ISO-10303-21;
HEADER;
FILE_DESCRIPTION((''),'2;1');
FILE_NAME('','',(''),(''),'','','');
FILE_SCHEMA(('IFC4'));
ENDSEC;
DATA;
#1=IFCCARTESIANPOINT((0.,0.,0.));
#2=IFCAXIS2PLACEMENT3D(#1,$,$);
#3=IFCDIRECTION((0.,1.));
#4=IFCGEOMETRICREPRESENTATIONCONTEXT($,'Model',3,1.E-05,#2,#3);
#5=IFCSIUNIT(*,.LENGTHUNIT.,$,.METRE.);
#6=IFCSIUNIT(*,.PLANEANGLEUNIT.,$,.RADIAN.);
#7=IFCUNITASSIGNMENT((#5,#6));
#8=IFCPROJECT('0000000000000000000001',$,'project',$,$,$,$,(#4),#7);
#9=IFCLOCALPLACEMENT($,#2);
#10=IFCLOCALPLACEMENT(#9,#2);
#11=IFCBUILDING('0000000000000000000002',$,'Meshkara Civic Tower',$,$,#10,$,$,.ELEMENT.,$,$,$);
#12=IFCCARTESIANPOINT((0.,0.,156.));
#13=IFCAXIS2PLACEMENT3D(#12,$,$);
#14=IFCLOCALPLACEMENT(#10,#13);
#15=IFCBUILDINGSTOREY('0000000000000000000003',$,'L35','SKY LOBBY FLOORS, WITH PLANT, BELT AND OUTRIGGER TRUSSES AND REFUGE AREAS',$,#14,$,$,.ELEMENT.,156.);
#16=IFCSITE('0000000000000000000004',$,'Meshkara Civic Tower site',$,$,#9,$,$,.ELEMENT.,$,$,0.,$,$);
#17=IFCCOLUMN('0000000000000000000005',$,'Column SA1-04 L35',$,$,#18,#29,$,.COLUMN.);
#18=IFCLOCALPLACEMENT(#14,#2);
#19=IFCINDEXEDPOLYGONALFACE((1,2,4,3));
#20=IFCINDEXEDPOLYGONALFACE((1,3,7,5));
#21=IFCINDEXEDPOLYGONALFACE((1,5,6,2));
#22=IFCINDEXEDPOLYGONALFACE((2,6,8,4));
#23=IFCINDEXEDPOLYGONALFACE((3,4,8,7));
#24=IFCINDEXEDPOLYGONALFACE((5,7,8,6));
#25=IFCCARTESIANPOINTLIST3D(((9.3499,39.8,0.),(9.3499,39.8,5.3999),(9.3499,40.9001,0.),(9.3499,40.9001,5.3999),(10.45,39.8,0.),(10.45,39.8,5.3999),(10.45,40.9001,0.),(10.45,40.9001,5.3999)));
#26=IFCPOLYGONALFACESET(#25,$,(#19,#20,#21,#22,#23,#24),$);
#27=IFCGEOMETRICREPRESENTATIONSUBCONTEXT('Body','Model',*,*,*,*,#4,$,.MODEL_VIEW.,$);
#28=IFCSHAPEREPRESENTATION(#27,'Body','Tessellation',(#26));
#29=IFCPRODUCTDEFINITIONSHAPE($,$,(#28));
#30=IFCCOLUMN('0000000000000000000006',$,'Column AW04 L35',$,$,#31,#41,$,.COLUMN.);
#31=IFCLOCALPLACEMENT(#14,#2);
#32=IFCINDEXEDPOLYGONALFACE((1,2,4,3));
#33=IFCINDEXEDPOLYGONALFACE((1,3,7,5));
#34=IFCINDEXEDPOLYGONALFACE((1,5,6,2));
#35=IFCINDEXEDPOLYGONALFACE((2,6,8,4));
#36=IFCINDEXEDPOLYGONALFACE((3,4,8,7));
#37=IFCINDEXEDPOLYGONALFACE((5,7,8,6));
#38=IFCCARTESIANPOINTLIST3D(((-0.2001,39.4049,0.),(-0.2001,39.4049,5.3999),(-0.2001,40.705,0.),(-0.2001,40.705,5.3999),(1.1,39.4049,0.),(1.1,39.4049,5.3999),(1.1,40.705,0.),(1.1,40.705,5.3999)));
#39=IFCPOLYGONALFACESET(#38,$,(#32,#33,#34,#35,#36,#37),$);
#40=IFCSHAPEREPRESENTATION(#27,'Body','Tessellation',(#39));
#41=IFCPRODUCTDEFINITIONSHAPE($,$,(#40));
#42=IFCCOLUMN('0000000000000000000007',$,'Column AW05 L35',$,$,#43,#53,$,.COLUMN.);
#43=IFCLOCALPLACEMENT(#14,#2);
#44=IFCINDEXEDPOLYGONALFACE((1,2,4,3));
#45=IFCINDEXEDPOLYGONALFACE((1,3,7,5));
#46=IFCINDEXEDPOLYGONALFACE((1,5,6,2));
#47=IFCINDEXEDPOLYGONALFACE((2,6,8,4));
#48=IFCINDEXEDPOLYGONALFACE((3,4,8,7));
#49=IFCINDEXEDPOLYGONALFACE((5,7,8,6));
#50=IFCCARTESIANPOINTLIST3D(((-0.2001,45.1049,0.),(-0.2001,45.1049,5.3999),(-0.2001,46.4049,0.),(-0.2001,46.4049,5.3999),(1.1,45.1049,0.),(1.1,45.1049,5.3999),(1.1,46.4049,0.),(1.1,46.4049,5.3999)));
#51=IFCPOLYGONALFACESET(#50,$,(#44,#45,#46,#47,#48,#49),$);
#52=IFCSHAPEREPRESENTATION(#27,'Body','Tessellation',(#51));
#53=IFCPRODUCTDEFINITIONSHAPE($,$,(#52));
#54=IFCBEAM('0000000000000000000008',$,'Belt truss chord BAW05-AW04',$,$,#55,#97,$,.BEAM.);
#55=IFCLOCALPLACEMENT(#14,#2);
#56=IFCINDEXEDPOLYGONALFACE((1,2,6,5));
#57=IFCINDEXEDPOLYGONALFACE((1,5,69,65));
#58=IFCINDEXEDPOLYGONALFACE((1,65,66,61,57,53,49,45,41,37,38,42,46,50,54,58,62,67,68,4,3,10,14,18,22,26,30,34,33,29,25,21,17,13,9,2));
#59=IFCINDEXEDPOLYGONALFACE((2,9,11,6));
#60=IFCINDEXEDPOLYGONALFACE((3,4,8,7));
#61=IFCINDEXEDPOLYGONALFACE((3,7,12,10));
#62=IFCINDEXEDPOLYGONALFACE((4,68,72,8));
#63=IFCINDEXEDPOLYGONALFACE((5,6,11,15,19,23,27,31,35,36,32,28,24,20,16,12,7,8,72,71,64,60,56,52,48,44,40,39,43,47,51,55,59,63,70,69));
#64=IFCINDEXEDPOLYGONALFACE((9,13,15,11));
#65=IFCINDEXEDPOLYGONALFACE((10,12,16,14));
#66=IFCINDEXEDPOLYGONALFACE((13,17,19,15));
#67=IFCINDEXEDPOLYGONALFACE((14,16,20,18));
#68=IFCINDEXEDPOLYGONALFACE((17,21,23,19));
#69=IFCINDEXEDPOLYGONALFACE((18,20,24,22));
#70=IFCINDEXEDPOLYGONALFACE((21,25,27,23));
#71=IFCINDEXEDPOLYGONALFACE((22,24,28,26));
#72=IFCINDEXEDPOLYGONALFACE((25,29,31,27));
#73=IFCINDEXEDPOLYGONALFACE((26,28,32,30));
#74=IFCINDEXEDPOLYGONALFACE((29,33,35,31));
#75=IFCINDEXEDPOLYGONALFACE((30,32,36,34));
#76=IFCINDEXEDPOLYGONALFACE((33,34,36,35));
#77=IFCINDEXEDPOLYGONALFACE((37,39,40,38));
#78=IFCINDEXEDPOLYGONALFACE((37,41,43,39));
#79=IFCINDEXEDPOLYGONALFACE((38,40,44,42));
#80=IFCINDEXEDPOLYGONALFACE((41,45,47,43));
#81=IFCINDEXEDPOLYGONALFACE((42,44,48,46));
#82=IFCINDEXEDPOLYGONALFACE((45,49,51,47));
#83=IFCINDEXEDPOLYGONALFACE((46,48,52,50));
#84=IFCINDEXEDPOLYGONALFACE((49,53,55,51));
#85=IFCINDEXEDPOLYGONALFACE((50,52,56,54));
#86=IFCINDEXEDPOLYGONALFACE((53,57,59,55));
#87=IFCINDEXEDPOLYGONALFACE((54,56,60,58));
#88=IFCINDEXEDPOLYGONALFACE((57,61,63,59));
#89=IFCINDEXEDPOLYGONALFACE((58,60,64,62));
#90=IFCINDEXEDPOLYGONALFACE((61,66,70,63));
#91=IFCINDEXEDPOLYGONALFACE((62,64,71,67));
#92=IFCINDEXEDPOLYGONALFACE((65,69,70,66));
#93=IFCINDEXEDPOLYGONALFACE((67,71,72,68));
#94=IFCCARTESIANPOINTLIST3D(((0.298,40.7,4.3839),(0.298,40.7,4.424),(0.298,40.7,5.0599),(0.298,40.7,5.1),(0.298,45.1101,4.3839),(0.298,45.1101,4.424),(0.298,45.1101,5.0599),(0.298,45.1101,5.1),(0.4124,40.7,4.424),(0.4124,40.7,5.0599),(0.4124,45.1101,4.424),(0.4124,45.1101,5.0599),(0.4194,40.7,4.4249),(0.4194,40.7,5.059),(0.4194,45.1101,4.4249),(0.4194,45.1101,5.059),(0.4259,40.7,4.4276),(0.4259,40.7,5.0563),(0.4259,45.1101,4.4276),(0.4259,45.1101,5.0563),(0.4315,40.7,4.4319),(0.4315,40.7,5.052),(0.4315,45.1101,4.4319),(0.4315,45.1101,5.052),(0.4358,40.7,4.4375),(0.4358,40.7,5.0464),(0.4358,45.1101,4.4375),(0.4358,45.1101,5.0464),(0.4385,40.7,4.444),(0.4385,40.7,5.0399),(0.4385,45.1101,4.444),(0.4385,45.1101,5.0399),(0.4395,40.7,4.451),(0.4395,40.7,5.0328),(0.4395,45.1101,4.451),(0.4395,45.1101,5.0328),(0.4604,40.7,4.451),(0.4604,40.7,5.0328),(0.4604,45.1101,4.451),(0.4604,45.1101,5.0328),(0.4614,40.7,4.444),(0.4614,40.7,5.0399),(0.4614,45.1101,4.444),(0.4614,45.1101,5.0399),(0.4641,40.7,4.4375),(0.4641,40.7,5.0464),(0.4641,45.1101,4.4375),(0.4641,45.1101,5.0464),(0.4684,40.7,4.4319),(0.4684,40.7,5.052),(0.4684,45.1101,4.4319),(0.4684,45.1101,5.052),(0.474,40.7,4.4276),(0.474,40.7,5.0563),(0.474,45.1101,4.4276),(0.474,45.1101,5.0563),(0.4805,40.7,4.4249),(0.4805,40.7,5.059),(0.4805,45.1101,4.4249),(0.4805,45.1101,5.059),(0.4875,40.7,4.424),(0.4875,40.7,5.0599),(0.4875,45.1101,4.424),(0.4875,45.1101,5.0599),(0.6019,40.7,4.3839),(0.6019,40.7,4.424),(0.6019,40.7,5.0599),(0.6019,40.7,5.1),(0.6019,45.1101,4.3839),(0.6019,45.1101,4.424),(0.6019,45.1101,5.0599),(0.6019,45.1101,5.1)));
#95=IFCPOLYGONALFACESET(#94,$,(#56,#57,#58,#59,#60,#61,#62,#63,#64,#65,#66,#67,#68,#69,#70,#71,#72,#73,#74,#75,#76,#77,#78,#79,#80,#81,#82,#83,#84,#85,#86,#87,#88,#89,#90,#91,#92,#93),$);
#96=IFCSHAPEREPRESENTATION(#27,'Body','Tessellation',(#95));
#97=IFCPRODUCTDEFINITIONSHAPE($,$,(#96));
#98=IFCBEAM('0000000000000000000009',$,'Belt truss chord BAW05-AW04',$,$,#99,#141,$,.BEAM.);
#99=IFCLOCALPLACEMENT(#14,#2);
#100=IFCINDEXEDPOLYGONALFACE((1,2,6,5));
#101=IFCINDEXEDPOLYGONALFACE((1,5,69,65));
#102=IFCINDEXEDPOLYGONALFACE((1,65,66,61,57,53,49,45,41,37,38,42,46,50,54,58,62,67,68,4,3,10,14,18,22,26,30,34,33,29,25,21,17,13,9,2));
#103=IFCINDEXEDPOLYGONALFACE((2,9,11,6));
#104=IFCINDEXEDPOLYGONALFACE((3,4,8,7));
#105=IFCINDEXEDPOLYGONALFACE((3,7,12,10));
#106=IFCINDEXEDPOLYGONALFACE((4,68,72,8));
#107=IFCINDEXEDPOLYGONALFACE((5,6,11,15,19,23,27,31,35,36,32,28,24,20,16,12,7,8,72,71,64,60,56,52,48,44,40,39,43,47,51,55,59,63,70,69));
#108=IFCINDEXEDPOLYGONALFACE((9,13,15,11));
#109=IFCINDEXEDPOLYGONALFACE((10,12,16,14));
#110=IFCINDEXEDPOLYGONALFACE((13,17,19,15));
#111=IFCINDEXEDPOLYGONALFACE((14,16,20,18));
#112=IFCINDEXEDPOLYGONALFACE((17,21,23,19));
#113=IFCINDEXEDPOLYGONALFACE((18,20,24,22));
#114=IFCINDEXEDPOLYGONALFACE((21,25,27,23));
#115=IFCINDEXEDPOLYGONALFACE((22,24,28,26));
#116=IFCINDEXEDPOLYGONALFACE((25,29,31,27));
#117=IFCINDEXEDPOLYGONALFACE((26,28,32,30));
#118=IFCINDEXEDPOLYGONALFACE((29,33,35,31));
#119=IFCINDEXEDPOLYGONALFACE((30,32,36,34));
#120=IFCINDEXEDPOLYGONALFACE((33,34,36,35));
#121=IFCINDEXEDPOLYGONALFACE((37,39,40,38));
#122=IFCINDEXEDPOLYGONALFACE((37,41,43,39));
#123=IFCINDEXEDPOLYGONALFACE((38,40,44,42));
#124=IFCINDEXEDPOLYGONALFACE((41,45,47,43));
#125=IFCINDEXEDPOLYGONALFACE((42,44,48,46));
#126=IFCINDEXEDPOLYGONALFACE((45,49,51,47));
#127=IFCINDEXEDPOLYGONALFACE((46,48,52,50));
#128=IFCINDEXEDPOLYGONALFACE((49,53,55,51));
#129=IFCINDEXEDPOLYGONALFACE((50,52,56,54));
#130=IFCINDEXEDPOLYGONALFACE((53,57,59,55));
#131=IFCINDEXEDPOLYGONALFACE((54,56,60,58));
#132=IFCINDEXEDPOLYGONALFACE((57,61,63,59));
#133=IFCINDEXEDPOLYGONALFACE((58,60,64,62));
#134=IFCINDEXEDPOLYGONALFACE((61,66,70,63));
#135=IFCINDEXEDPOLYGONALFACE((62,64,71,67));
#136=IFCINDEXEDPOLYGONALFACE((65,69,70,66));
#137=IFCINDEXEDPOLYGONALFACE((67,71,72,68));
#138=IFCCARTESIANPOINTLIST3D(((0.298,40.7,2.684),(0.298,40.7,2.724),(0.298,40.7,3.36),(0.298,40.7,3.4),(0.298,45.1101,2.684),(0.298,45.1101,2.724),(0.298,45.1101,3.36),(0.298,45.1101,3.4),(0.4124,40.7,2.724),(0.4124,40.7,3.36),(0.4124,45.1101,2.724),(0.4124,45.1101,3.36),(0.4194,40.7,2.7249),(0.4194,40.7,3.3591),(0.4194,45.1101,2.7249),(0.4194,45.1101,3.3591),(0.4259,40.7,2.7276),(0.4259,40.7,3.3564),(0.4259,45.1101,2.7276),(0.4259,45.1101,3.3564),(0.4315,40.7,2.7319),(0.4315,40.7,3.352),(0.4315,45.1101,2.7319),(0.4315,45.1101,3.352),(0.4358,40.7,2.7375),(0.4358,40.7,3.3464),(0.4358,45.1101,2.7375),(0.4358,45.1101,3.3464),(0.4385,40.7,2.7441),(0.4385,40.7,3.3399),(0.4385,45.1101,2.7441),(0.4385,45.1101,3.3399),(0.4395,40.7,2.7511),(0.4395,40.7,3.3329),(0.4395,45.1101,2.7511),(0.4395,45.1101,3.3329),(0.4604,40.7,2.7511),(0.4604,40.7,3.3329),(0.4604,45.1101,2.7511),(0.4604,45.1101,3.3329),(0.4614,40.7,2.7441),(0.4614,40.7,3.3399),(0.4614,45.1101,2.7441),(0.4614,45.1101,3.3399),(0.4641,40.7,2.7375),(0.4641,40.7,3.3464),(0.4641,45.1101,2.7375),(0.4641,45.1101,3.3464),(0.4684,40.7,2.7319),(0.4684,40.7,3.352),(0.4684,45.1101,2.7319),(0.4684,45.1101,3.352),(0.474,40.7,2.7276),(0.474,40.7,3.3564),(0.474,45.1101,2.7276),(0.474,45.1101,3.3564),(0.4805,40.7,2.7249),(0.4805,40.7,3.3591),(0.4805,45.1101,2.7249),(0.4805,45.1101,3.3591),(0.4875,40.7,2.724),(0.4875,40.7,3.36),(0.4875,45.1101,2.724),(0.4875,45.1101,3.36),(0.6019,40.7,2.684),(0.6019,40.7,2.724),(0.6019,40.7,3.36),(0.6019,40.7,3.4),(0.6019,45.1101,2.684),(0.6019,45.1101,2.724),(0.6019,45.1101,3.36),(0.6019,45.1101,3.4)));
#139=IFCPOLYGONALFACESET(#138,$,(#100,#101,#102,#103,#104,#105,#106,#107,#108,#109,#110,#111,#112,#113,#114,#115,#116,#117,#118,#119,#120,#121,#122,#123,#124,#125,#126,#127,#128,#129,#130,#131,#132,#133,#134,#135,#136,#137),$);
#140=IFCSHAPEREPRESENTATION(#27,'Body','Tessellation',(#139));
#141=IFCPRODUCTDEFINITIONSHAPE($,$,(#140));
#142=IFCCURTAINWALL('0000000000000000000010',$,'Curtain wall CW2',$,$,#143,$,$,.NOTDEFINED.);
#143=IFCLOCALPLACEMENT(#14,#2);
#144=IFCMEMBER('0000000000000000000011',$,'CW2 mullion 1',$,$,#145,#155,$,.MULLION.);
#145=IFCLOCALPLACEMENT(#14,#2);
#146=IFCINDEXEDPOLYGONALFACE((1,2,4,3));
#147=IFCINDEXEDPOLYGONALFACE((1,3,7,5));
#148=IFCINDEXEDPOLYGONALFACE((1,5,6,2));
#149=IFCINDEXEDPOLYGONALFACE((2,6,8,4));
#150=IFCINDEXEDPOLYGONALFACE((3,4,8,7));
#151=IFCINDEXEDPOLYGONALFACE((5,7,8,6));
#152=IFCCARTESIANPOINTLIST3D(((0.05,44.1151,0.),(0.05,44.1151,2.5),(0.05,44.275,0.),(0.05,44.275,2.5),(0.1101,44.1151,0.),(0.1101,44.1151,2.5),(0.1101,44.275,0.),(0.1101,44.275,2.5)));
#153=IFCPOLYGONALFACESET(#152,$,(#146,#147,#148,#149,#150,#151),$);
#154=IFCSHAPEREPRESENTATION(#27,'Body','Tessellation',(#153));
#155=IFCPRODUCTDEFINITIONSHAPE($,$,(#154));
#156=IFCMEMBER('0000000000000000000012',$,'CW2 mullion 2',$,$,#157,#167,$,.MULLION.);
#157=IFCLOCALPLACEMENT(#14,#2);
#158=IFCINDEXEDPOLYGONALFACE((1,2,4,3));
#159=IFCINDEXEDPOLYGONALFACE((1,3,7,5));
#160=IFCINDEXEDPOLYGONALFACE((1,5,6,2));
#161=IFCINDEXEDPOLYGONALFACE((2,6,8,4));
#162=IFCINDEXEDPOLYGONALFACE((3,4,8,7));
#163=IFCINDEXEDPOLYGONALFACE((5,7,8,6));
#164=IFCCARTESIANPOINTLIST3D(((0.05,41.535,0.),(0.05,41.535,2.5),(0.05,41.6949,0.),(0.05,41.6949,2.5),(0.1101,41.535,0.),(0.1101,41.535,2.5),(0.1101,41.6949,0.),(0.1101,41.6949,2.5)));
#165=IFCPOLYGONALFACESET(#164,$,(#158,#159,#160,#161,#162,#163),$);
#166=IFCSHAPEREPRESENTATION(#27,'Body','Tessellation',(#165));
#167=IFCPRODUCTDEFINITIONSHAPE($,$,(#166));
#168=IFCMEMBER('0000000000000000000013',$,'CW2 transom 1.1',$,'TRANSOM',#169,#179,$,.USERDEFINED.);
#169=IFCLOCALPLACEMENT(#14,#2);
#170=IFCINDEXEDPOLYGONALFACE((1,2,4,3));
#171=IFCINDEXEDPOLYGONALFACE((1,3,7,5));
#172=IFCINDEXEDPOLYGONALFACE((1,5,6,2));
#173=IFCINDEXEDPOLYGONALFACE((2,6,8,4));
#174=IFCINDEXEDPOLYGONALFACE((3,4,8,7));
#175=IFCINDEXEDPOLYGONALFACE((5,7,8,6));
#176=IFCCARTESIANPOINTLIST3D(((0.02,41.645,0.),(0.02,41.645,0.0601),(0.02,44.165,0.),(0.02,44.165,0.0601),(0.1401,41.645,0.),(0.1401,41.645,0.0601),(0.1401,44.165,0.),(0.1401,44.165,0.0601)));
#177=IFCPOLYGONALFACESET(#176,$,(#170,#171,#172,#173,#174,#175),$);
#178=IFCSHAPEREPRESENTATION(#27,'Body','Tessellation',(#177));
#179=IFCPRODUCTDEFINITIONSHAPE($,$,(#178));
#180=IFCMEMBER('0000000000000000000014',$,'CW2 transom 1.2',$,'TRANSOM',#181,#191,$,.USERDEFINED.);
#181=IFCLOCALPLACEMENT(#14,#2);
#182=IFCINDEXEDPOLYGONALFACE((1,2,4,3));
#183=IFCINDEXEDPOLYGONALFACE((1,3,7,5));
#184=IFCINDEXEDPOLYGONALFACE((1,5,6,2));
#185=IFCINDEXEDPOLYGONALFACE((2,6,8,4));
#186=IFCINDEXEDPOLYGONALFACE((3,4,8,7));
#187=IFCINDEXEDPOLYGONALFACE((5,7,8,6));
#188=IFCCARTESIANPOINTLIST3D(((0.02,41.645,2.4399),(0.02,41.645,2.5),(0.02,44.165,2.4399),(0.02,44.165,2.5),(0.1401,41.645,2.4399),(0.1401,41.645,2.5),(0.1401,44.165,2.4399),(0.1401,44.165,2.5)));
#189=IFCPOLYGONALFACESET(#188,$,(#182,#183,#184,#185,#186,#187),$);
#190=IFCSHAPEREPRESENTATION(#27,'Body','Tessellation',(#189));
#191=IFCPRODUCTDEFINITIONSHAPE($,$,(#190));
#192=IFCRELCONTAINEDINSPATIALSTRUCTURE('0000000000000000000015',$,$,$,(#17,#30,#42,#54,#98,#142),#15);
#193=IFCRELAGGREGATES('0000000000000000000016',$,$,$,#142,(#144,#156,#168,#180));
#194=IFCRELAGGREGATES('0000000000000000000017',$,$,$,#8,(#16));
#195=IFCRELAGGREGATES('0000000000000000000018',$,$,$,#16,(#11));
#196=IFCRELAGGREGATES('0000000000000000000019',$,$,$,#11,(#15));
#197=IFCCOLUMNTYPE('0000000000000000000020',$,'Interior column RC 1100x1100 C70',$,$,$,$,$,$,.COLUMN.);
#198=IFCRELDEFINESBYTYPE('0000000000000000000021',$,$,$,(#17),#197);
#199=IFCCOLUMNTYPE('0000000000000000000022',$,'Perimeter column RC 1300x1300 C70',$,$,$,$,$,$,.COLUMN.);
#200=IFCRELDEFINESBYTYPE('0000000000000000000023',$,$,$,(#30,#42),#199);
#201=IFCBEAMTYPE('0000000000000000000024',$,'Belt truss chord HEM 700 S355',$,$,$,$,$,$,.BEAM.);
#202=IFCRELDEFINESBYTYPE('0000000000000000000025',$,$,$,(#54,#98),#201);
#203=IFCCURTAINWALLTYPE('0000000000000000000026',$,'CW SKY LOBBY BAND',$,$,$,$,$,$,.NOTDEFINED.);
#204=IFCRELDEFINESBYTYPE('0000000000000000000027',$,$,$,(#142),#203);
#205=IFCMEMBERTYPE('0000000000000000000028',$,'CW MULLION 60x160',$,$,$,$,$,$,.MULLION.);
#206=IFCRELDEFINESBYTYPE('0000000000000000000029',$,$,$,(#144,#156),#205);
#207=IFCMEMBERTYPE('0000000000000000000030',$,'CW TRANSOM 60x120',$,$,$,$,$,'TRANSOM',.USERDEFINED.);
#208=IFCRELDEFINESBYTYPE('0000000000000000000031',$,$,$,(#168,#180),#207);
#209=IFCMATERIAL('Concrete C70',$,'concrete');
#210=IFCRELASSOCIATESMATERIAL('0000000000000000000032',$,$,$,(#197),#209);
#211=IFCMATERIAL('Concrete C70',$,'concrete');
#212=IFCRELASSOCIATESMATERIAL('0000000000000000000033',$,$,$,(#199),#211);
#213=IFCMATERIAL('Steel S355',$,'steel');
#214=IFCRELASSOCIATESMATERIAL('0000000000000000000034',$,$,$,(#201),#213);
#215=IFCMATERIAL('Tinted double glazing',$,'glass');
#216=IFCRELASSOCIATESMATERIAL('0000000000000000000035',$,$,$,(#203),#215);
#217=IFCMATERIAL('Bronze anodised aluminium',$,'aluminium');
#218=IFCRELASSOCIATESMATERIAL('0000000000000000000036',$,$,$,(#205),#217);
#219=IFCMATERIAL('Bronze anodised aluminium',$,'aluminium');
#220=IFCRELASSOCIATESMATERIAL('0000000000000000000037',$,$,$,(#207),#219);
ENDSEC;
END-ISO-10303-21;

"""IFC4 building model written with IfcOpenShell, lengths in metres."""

from ifc_helpers import new_model, si_unit, direction, frame, origin, origin_2d, place, context, subcontext, project, spatial, rectangle, i_section, extrude, material, material_profile, profile_set, type_object, element, aggregate, save


model = new_model("IFC4")

# Units and contexts
model_context = context("Model", 3, precision=1e-05, world=origin(), true_north=direction((0.0, 1.0)))
body_context = subcontext(model_context, "Body", "Model", "MODEL_VIEW")
ifc_project = project(units=[si_unit("LENGTHUNIT", "METRE"), si_unit("PLANEANGLEUNIT", "RADIAN")], contexts=[model_context])

# Site, building, storey
site_placement = place(None, origin())
site = spatial("IfcSite", under=ifc_project, at=site_placement, Name="Meshkara Civic Tower site", CompositionType="ELEMENT", RefElevation=0.0)
building_placement = place(site_placement, origin())
building = spatial("IfcBuilding", under=site, at=building_placement, Name="Meshkara Civic Tower", CompositionType="ELEMENT")
storey_placement = place(building_placement, frame((0.0, 0.0, 156.0)))
storey = spatial("IfcBuildingStorey", under=building, at=storey_placement, Name="L35", Description="SKY LOBBY FLOORS, WITH PLANT, BELT AND OUTRIGGER TRUSSES AND REFUGE AREAS", CompositionType="ELEMENT", Elevation=156.0)

# Columns
ifc_material_1 = material(Name="Concrete C70", Category="concrete")
ifc_material_profile_1 = material_profile(ifc_material_1, rectangle(XDim=1.1001, YDim=1.1001, at=origin_2d()))
ifc_profile_set_1 = profile_set([ifc_material_profile_1], Name="Concrete C70")
column_type_1 = type_object("IfcColumnType", Name="Interior column RC 1100x1100 C70", PredefinedType="COLUMN", material=ifc_profile_set_1)
column_placement = place(storey_placement, frame((9.8999, 40.3501, 0.0), z_axis=(0.0, 0.0, 1.0), x_axis=(1.0, 0.0, 0.0)))
element("IfcColumn", 1, at=column_placement, inside=storey, type_object=column_type_1, Name="Column SA1-04 L35", PredefinedType="COLUMN", context=body_context, shape_type="SweptSolid", body=[
    extrude(rectangle(XDim=1.1001, YDim=1.1001, at=origin_2d()), origin(), (0.0, 0.0, 1.0), 5.3999),
])
ifc_material_2 = material(Name="Concrete C70", Category="concrete")
ifc_material_profile_2 = material_profile(ifc_material_2, rectangle(XDim=1.3, YDim=1.3, at=origin_2d()))
ifc_profile_set_2 = profile_set([ifc_material_profile_2], Name="Concrete C70")
column_type_2 = type_object("IfcColumnType", Name="Perimeter column RC 1300x1300 C70", PredefinedType="COLUMN", material=ifc_profile_set_2)
for number, where, z_axis, x_axis, name in (
    (2, (0.45, 40.0549, 0.0), (0.0, 0.0, 1.0), (1.0, 0.0, 0.0), "Column AW04 L35"),
    (3, (0.45, 45.7549, 0.0), (0.0, 0.0, 1.0), (1.0, 0.0, 0.0), "Column AW05 L35"),
):
    element("IfcColumn", number, at=place(storey_placement, frame(where, z_axis=z_axis, x_axis=x_axis)), inside=storey, type_object=column_type_2, Name=name, PredefinedType="COLUMN", context=body_context, shape_type="SweptSolid", body=[
        extrude(rectangle(XDim=1.3, YDim=1.3, at=origin_2d()), origin(), (0.0, 0.0, 1.0), 5.3999),
    ])

# Beams
ifc_material_3 = material(Name="Steel S355", Category="steel")
ifc_material_profile_3 = material_profile(ifc_material_3, i_section(OverallWidth=0.304, OverallDepth=0.7161, WebThickness=0.021, FlangeThickness=0.04, FilletRadius=0.0271, at=origin_2d()))
ifc_profile_set_3 = profile_set([ifc_material_profile_3], Name="Steel S355")
beam_type_1 = type_object("IfcBeamType", Name="Belt truss chord HEM 700 S355", PredefinedType="BEAM", material=ifc_profile_set_3)
for number, where, z_axis, x_axis, name in (
    (4, (0.45, 45.1101, 4.7419), (0.0, -1.0, 0.0), (1.0, 0.0, 0.0), "Belt truss chord BAW05-AW04"),
    (5, (0.45, 45.1101, 3.042), (0.0, -1.0, 0.0), (1.0, 0.0, 0.0), "Belt truss chord BAW05-AW04"),
):
    element("IfcBeam", number, at=place(storey_placement, frame(where, z_axis=z_axis, x_axis=x_axis)), inside=storey, type_object=beam_type_1, Name=name, PredefinedType="BEAM", context=body_context, shape_type="SweptSolid", body=[
        extrude(i_section(OverallWidth=0.304, OverallDepth=0.7161, WebThickness=0.021, FlangeThickness=0.04, FilletRadius=0.0271, at=origin_2d()), origin(), (0.0, 0.0, 1.0), 4.4102),
    ])

# Curtain wall, members
ifc_material_4 = material(Name="Tinted double glazing", Category="glass")
curtain_wall_type = type_object("IfcCurtainWallType", Name="CW SKY LOBBY BAND", PredefinedType="NOTDEFINED", material=ifc_material_4)
curtain_wall_placement = place(storey_placement, origin())
curtain_wall = element("IfcCurtainWall", 6, at=curtain_wall_placement, inside=storey, type_object=curtain_wall_type, Name="Curtain wall CW2", PredefinedType="NOTDEFINED")
ifc_material_5 = material(Name="Bronze anodised aluminium", Category="aluminium")
ifc_material_profile_4 = material_profile(ifc_material_5, rectangle(XDim=0.0601, YDim=0.1599, at=origin_2d()))
ifc_profile_set_4 = profile_set([ifc_material_profile_4], Name="Bronze anodised aluminium")
member_type_1 = type_object("IfcMemberType", Name="CW MULLION 60x160", PredefinedType="MULLION", material=ifc_profile_set_4)
member_1_placement = place(storey_placement, frame((0.0801, 44.1951, 0.0), z_axis=(0.0, 0.0, 1.0), x_axis=(1.0, 0.0, 0.0)))
member_1 = element("IfcMember", 7, at=member_1_placement, type_object=member_type_1, Name="CW2 mullion 1", PredefinedType="MULLION", context=body_context, shape_type="SweptSolid", body=[
    extrude(rectangle(XDim=0.0601, YDim=0.1599, at=origin_2d()), origin(), (0.0, 0.0, 1.0), 2.5),
])
member_2_placement = place(storey_placement, frame((0.0801, 41.615, 0.0), z_axis=(0.0, 0.0, 1.0), x_axis=(1.0, 0.0, 0.0)))
member_2 = element("IfcMember", 8, at=member_2_placement, type_object=member_type_1, Name="CW2 mullion 2", PredefinedType="MULLION", context=body_context, shape_type="SweptSolid", body=[
    extrude(rectangle(XDim=0.0601, YDim=0.1599, at=origin_2d()), origin(), (0.0, 0.0, 1.0), 2.5),
])
ifc_material_6 = material(Name="Bronze anodised aluminium", Category="aluminium")
ifc_material_profile_5 = material_profile(ifc_material_6, rectangle(XDim=0.1201, YDim=0.0601, at=origin_2d()))
ifc_profile_set_5 = profile_set([ifc_material_profile_5], Name="Bronze anodised aluminium")
member_type_2 = type_object("IfcMemberType", Name="CW TRANSOM 60x120", ElementType="TRANSOM", PredefinedType="USERDEFINED", material=ifc_profile_set_5)
member_3_placement = place(storey_placement, frame((0.0801, 44.165, 0.03), z_axis=(0.0, -1.0, 0.0), x_axis=(1.0, 0.0, 0.0)))
member_3 = element("IfcMember", 9, at=member_3_placement, type_object=member_type_2, Name="CW2 transom 1.1", ObjectType="TRANSOM", PredefinedType="USERDEFINED", context=body_context, shape_type="SweptSolid", body=[
    extrude(rectangle(XDim=0.1201, YDim=0.0601, at=origin_2d()), origin(), (0.0, 0.0, 1.0), 2.52),
])
member_4_placement = place(storey_placement, frame((0.0801, 44.165, 2.47), z_axis=(0.0, -1.0, 0.0), x_axis=(1.0, 0.0, 0.0)))
member_4 = element("IfcMember", 10, at=member_4_placement, type_object=member_type_2, Name="CW2 transom 1.2", ObjectType="TRANSOM", PredefinedType="USERDEFINED", context=body_context, shape_type="SweptSolid", body=[
    extrude(rectangle(XDim=0.1201, YDim=0.0601, at=origin_2d()), origin(), (0.0, 0.0, 1.0), 2.52),
])

aggregate(curtain_wall, [member_1, member_2, member_3, member_4])

save(model, "model.ifc")
